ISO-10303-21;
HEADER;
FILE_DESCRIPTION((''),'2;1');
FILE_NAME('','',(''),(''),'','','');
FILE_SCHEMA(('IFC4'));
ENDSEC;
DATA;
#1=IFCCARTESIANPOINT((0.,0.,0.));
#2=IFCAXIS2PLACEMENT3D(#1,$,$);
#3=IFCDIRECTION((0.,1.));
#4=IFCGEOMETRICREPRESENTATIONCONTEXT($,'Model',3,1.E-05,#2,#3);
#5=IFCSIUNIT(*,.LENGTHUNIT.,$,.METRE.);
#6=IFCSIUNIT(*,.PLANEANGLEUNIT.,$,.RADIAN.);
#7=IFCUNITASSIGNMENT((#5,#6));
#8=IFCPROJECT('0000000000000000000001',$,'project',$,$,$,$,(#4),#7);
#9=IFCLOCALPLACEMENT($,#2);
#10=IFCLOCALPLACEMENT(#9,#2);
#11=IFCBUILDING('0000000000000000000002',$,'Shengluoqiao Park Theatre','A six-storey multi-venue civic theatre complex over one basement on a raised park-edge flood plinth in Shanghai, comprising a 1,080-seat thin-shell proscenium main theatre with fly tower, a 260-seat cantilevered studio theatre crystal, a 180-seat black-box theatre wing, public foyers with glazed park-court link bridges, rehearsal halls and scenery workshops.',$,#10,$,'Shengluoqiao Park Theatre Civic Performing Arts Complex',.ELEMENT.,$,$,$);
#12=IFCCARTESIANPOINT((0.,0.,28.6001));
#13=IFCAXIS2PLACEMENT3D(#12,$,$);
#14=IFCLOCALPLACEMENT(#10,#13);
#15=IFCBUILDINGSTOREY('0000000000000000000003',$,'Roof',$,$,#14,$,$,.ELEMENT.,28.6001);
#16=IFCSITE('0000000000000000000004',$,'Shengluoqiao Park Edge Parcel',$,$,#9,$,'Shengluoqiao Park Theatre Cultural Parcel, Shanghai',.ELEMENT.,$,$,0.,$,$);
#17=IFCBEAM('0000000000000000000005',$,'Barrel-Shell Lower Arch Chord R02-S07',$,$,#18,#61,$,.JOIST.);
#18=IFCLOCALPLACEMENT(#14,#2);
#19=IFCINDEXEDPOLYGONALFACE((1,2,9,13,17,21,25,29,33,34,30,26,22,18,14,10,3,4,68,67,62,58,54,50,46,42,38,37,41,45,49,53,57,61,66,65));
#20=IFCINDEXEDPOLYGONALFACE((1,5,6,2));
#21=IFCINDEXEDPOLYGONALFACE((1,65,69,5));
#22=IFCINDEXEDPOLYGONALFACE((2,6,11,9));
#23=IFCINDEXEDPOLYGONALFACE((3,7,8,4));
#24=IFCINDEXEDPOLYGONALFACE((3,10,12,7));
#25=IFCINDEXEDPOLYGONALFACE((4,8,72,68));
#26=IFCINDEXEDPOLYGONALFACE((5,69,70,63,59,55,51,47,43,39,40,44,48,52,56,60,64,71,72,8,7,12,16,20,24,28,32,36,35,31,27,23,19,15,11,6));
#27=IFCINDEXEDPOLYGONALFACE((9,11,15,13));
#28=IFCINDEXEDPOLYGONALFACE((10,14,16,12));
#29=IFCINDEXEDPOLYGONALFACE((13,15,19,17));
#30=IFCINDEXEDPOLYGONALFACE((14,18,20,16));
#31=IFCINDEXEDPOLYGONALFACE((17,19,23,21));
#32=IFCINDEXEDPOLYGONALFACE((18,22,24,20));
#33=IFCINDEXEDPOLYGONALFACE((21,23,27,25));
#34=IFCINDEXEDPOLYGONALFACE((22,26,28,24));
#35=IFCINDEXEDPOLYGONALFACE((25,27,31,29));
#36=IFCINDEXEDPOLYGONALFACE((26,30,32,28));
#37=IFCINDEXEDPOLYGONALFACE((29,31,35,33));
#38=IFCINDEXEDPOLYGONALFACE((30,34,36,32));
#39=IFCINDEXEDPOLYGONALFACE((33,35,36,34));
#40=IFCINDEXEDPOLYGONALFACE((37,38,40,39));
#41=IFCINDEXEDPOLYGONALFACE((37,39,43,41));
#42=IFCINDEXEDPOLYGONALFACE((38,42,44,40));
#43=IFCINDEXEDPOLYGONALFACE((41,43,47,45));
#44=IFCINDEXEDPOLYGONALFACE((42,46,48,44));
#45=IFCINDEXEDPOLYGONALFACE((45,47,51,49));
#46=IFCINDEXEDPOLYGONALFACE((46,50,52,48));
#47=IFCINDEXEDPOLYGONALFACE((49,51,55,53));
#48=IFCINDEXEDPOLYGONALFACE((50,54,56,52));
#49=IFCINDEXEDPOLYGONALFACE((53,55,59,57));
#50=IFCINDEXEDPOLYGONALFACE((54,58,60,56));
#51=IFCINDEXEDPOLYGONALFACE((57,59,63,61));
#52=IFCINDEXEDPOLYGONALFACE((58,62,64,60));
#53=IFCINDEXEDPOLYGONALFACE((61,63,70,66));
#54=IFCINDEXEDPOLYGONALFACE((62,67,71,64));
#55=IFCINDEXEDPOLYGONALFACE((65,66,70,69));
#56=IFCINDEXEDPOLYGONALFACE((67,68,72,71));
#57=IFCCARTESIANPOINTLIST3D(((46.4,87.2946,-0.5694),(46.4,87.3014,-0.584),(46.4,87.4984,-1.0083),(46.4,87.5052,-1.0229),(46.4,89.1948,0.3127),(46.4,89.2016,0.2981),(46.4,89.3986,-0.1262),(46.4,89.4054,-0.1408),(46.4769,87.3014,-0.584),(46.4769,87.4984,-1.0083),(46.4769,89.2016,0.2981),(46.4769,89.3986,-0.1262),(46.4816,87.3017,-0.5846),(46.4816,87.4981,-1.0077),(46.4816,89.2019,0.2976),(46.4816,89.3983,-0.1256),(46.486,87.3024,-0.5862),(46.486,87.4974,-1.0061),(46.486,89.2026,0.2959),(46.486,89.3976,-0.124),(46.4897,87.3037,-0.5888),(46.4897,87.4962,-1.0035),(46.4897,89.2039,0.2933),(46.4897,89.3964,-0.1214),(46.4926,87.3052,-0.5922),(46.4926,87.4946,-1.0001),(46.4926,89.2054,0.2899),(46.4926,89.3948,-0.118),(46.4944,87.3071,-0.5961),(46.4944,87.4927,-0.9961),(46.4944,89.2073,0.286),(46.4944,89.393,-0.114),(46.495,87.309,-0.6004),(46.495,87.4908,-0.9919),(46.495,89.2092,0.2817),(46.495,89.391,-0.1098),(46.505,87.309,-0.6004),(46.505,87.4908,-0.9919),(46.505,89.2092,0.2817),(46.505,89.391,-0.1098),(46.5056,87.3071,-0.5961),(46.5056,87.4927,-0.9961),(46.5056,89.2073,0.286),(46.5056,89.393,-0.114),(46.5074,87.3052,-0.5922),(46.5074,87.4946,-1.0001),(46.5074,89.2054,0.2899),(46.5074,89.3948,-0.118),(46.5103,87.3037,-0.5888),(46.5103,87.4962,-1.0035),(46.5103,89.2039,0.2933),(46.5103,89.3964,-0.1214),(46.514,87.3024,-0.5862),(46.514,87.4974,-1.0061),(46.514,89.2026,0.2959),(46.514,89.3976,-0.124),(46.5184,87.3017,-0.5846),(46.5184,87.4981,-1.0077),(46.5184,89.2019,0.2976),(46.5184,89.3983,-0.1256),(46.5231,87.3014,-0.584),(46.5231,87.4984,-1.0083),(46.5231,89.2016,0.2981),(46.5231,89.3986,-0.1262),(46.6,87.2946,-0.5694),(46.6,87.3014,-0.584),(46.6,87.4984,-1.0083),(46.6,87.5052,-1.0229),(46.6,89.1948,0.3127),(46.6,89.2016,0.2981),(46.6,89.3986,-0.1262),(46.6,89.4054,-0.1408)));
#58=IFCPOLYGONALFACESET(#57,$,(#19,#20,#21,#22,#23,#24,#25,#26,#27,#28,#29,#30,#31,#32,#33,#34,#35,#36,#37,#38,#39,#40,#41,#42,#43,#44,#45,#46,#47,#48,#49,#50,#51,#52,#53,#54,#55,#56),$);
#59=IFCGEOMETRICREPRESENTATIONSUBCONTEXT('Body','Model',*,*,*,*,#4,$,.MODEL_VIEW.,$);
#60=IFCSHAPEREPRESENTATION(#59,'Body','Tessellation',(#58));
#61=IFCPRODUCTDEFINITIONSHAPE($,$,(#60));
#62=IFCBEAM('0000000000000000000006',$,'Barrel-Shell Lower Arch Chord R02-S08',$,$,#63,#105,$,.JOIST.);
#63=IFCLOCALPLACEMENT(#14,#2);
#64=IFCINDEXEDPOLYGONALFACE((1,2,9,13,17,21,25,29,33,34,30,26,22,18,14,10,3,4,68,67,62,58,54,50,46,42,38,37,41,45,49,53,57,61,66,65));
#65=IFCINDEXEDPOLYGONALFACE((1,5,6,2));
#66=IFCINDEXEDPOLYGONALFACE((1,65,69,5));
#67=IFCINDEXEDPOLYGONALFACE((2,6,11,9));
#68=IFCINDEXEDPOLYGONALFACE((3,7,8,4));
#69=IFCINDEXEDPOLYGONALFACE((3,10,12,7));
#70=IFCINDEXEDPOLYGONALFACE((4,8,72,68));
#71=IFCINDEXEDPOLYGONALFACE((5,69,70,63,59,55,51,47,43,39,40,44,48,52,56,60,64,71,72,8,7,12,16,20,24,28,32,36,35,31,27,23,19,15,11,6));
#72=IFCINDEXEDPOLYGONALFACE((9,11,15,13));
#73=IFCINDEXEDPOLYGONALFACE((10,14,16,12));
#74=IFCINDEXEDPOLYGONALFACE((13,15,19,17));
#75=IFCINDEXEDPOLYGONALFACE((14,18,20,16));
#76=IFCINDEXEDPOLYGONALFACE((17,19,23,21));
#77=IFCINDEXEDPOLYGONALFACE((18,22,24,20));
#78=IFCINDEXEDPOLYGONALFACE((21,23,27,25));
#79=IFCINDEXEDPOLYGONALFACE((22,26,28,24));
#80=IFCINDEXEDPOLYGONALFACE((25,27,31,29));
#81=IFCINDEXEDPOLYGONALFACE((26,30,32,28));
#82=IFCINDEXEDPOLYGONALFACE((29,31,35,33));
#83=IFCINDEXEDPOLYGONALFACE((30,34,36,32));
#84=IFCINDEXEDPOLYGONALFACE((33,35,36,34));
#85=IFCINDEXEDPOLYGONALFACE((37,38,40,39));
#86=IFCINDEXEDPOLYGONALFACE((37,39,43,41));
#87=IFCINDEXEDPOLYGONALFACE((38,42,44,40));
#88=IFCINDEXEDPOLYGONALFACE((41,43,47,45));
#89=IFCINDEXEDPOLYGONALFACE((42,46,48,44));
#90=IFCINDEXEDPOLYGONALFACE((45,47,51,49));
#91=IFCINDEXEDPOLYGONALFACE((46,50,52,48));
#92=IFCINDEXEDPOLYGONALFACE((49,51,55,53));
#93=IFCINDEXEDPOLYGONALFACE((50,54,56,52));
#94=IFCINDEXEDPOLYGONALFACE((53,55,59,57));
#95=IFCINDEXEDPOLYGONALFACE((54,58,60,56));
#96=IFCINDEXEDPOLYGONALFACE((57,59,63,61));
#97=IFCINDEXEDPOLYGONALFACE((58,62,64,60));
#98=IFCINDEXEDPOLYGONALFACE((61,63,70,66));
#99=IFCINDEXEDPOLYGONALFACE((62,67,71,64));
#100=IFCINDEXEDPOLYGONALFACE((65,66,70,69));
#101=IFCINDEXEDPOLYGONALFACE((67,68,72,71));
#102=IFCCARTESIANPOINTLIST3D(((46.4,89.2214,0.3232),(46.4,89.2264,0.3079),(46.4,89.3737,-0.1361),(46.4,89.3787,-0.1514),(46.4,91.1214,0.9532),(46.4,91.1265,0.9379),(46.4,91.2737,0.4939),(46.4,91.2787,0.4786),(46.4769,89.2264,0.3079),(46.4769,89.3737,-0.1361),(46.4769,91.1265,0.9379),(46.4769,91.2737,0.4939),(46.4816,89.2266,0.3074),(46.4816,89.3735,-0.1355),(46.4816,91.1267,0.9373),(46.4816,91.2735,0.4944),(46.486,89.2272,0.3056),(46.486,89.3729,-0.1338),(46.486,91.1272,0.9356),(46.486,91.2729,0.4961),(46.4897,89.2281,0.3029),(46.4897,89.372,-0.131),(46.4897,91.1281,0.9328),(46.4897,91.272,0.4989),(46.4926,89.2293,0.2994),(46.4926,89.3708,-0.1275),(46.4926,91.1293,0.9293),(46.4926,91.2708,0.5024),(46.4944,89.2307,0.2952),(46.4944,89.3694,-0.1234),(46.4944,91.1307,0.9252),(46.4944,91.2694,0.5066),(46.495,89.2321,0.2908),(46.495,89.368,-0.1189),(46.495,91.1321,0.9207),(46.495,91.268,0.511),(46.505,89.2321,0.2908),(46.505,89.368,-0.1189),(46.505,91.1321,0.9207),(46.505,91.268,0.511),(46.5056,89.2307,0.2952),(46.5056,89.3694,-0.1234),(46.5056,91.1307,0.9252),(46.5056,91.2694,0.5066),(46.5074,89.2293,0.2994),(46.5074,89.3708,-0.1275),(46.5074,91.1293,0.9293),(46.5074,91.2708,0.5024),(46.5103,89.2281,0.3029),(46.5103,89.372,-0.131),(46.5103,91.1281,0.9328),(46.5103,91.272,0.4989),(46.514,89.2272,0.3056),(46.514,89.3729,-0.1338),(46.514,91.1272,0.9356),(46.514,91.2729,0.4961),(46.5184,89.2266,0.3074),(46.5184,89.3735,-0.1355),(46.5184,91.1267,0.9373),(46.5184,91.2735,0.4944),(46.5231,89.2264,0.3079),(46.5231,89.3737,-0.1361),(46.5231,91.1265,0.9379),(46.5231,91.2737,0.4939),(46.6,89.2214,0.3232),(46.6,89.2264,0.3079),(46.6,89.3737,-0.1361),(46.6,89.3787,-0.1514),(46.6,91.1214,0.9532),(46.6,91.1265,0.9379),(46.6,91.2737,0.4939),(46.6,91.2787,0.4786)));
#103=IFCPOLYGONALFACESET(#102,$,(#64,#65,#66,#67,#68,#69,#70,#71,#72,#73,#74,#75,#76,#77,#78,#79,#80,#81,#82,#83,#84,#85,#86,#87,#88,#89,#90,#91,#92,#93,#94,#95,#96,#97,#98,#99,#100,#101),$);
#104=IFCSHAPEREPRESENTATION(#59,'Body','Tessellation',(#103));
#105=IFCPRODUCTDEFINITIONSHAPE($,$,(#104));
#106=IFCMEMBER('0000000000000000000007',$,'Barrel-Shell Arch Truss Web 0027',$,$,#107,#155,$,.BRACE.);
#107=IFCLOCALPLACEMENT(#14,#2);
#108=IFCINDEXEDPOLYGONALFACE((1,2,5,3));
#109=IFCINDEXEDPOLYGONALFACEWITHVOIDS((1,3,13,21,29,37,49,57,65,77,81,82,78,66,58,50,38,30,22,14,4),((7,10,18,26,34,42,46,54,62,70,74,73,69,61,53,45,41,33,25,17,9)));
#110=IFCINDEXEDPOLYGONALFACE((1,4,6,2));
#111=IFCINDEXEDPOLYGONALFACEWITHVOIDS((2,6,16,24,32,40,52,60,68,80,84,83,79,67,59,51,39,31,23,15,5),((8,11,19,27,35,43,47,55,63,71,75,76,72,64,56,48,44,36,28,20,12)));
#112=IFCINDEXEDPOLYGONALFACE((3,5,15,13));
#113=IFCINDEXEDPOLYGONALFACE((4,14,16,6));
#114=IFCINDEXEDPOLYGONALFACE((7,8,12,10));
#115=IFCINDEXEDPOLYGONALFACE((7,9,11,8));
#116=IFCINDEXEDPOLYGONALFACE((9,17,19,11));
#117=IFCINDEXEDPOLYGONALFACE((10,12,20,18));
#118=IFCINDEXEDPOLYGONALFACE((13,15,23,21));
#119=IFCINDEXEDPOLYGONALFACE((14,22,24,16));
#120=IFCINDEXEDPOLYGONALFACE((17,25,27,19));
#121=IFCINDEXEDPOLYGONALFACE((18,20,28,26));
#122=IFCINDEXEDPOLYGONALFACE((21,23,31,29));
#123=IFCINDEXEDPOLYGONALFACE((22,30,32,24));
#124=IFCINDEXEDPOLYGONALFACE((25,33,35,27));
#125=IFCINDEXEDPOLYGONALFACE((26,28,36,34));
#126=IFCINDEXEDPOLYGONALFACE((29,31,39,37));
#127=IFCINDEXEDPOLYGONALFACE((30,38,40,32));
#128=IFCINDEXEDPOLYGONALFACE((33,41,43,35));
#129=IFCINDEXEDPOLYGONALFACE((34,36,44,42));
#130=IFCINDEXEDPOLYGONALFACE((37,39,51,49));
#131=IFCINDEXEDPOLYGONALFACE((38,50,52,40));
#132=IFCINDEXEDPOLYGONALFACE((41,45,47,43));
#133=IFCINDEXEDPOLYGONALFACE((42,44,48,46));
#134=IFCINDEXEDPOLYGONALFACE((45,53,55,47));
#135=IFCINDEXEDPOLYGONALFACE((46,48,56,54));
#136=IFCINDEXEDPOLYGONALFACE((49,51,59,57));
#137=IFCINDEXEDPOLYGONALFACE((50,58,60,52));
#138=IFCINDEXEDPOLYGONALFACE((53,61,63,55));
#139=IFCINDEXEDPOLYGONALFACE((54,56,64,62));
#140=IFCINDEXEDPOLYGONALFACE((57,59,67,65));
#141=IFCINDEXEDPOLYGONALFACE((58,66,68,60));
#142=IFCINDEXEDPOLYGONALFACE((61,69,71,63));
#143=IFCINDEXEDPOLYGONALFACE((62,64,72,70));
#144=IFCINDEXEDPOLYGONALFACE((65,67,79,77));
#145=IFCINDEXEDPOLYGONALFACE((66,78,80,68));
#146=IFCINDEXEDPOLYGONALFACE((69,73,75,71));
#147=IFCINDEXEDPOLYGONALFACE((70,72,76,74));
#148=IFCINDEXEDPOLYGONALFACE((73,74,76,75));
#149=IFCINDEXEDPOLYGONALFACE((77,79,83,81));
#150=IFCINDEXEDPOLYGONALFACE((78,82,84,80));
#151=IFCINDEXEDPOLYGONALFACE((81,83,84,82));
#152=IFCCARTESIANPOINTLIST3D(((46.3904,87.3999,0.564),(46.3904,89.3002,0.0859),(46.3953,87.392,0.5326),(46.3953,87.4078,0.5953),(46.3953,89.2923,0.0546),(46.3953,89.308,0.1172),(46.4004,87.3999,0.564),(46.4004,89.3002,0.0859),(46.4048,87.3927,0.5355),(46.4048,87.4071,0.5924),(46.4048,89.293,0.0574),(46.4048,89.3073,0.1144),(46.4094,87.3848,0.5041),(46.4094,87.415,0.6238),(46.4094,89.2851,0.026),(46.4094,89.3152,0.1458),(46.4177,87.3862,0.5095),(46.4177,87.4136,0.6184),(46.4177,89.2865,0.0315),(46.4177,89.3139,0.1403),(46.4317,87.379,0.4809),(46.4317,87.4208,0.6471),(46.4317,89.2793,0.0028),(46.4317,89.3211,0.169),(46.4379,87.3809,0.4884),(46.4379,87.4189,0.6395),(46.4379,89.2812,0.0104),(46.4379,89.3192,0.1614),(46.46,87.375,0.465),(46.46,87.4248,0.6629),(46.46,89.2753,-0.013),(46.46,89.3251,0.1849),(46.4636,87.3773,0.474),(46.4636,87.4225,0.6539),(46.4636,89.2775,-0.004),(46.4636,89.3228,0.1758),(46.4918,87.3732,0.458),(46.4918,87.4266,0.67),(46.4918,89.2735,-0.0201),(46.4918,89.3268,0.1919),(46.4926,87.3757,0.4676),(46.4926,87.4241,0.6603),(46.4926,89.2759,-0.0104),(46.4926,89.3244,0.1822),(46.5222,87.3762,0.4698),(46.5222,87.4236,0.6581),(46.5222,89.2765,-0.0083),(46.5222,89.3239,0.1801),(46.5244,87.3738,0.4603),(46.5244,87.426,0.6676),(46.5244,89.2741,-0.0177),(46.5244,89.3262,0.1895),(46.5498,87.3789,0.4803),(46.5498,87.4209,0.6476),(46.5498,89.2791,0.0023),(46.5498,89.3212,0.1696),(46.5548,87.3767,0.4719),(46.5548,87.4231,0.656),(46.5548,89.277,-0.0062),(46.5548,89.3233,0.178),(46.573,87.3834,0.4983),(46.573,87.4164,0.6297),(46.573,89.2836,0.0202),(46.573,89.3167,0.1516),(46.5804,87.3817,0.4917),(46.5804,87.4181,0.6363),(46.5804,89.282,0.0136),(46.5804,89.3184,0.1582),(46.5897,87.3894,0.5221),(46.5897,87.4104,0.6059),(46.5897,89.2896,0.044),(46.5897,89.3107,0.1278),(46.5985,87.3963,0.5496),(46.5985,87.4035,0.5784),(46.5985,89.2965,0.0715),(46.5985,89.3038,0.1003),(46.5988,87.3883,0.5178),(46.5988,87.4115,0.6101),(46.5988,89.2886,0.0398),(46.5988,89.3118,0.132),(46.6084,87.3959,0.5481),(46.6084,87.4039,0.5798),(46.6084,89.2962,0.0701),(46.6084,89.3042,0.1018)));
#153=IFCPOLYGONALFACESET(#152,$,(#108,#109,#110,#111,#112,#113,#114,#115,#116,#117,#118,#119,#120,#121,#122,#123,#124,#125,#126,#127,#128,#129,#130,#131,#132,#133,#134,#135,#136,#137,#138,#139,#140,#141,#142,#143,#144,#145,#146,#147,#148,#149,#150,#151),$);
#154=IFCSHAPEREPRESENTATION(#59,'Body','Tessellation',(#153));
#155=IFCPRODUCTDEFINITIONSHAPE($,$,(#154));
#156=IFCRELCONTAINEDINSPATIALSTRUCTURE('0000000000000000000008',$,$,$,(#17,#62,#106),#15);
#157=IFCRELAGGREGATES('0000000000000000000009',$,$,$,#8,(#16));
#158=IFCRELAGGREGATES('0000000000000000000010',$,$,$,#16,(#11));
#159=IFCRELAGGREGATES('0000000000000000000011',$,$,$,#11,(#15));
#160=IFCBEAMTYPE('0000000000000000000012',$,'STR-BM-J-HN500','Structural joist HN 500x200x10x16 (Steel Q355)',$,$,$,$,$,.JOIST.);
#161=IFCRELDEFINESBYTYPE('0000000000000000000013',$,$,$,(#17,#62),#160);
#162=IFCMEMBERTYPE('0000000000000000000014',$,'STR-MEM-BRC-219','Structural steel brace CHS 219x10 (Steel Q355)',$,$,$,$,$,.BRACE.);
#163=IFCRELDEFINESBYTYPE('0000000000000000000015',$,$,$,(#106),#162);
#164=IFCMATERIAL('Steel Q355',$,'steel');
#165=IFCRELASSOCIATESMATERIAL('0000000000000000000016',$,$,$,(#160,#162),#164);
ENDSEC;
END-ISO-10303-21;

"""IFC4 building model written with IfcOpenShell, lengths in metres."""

from ifc_helpers import new_model, si_unit, direction, frame, origin, origin_2d, place, context, subcontext, project, spatial, hollow_circle, i_section, extrude, material, material_profile, profile_set, type_object, element, save


model = new_model("IFC4")

# Units and contexts
model_context = context("Model", 3, precision=1e-05, world=origin(), true_north=direction((0.0, 1.0)))
body_context = subcontext(model_context, "Body", "Model", "MODEL_VIEW")
ifc_project = project(units=[si_unit("LENGTHUNIT", "METRE"), si_unit("PLANEANGLEUNIT", "RADIAN")], contexts=[model_context])

# Site, building, storey
site_placement = place(None, origin())
site = spatial("IfcSite", under=ifc_project, at=site_placement, Name="Shengluoqiao Park Edge Parcel", LongName="Shengluoqiao Park Theatre Cultural Parcel, Shanghai", CompositionType="ELEMENT", RefElevation=0.0)
building_placement = place(site_placement, origin())
building = spatial("IfcBuilding", under=site, at=building_placement, Name="Shengluoqiao Park Theatre", Description="A six-storey multi-venue civic theatre complex over one basement on a raised park-edge flood plinth in Shanghai, comprising a 1,080-seat thin-shell proscenium main theatre with fly tower, a 260-seat cantilevered studio theatre crystal, a 180-seat black-box theatre wing, public foyers with glazed park-court link bridges, rehearsal halls and scenery workshops.", LongName="Shengluoqiao Park Theatre Civic Performing Arts Complex", CompositionType="ELEMENT")
storey_placement = place(building_placement, frame((0.0, 0.0, 28.6001)))
storey = spatial("IfcBuildingStorey", under=building, at=storey_placement, Name="Roof", CompositionType="ELEMENT", Elevation=28.6001)

# Beams
ifc_material_1 = material(Name="Steel Q355", Category="steel")
ifc_material_profile_1 = material_profile(ifc_material_1, i_section(OverallWidth=0.2, OverallDepth=0.5, WebThickness=0.01, FlangeThickness=0.0161, FilletRadius=0.0181, at=origin_2d()), Name="HN 500x200x10x16")
ifc_profile_set_1 = profile_set([ifc_material_profile_1], Name="Steel Q355")
beam_type_1 = type_object("IfcBeamType", Name="STR-BM-J-HN500", Description="Structural joist HN 500x200x10x16 (Steel Q355)", PredefinedType="JOIST", material=ifc_profile_set_1)
beam_1_placement = place(storey_placement, frame((46.5, 87.3999, -0.7961), z_axis=(0.0, 0.907033, 0.42106), x_axis=(-1.0, 0.0, 0.0)))
element("IfcBeam", 1, at=beam_1_placement, inside=storey, type_object=beam_type_1, Name="Barrel-Shell Lower Arch Chord R02-S07", PredefinedType="JOIST", context=body_context, shape_type="SweptSolid", body=[
    extrude(i_section(OverallWidth=0.2, OverallDepth=0.5, WebThickness=0.01, FlangeThickness=0.0161, FilletRadius=0.0181, at=origin_2d()), origin(), (0.0, 0.0, 1.0), 2.095),
])
beam_2_placement = place(storey_placement, frame((46.5, 89.3, 0.0859), z_axis=(0.0, 0.949194, 0.31469), x_axis=(-1.0, 0.0, 0.0)))
element("IfcBeam", 2, at=beam_2_placement, inside=storey, type_object=beam_type_1, Name="Barrel-Shell Lower Arch Chord R02-S08", PredefinedType="JOIST", context=body_context, shape_type="SweptSolid", body=[
    extrude(i_section(OverallWidth=0.2, OverallDepth=0.5, WebThickness=0.01, FlangeThickness=0.0161, FilletRadius=0.0181, at=origin_2d()), origin(), (0.0, 0.0, 1.0), 2.0017),
])

# Member
ifc_material_profile_2 = material_profile(ifc_material_1, hollow_circle(Radius=0.1096, WallThickness=0.01, at=origin_2d()), Name="CHS 219x10")
ifc_profile_set_2 = profile_set([ifc_material_profile_2], Name="Steel Q355")
member_type_1 = type_object("IfcMemberType", Name="STR-MEM-BRC-219", Description="Structural steel brace CHS 219x10 (Steel Q355)", PredefinedType="BRACE", material=ifc_profile_set_2)
member_1_placement = place(storey_placement, frame((46.5, 87.3999, 0.564), z_axis=(0.0, 0.969782, -0.243972), x_axis=(-1.0, 0.0, 0.0)))
element("IfcMember", 3, at=member_1_placement, inside=storey, type_object=member_type_1, Name="Barrel-Shell Arch Truss Web 0027", PredefinedType="BRACE", context=body_context, shape_type="SweptSolid", body=[
    extrude(hollow_circle(Radius=0.1096, WallThickness=0.01, at=origin_2d()), origin(), (0.0, 0.0, 1.0), 1.9595),
])

save(model, "model.ifc")
